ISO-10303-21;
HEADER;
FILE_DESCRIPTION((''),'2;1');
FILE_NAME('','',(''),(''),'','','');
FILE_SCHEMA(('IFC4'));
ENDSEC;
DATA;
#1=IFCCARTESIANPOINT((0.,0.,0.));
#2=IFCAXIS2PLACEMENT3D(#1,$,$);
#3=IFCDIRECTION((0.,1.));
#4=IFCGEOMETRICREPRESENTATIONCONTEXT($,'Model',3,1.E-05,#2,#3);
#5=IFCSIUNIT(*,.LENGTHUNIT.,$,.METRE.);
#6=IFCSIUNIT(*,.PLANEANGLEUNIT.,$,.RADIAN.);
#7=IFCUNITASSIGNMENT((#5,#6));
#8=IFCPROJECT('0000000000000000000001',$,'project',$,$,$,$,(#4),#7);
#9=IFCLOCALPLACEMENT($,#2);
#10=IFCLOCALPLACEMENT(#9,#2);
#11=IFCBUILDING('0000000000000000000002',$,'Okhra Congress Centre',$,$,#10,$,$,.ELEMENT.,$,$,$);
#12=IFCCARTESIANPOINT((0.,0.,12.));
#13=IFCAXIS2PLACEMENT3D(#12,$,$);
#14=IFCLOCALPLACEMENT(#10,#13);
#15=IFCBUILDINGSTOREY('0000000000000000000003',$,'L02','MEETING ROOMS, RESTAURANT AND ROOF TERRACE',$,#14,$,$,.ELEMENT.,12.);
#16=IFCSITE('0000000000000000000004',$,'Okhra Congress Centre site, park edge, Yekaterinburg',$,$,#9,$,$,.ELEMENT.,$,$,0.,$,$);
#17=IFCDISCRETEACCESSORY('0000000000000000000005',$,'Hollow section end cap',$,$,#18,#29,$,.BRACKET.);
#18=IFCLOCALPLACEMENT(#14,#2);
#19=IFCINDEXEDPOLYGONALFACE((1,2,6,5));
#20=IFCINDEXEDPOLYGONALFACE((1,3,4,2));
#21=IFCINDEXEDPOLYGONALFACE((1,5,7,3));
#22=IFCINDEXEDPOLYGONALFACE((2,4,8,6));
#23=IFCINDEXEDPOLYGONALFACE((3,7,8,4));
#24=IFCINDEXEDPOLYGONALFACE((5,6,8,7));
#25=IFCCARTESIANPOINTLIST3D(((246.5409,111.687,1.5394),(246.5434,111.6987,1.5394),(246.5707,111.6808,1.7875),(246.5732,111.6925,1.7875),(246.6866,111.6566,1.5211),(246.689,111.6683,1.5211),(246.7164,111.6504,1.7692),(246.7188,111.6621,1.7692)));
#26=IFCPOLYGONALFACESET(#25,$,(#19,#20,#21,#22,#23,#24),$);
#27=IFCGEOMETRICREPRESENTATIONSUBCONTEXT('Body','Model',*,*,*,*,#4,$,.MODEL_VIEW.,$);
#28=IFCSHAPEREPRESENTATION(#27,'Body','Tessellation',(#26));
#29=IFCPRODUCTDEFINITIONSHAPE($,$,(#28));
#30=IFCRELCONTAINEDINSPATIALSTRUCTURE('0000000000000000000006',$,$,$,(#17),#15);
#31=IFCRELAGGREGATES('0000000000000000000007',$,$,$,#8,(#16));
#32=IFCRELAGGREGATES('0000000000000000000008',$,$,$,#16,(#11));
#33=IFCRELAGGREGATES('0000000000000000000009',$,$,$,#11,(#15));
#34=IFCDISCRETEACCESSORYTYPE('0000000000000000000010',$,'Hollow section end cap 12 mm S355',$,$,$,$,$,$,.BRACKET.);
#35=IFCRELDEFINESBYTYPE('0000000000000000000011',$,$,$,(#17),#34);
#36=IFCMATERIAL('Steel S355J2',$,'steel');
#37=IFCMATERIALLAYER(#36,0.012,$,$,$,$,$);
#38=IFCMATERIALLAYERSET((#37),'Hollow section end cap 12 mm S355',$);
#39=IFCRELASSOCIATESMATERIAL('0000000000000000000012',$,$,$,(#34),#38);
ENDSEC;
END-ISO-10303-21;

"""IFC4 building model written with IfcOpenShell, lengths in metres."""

from ifc_helpers import new_model, si_unit, direction, frame, origin, origin_2d, place, context, subcontext, project, spatial, rectangle, extrude, material, layer, layer_set, type_object, element, save


model = new_model("IFC4")

# Units and contexts
model_context = context("Model", 3, precision=1e-05, world=origin(), true_north=direction((0.0, 1.0)))
body_context = subcontext(model_context, "Body", "Model", "MODEL_VIEW")
ifc_project = project(units=[si_unit("LENGTHUNIT", "METRE"), si_unit("PLANEANGLEUNIT", "RADIAN")], contexts=[model_context])

# Site, building, storey
site_placement = place(None, origin())
site = spatial("IfcSite", under=ifc_project, at=site_placement, Name="Okhra Congress Centre site, park edge, Yekaterinburg", CompositionType="ELEMENT", RefElevation=0.0)
building_placement = place(site_placement, origin())
building = spatial("IfcBuilding", under=site, at=building_placement, Name="Okhra Congress Centre", CompositionType="ELEMENT")
storey_placement = place(building_placement, frame((0.0, 0.0, 12.0)))
storey = spatial("IfcBuildingStorey", under=building, at=storey_placement, Name="L02", Description="MEETING ROOMS, RESTAURANT AND ROOF TERRACE", CompositionType="ELEMENT", Elevation=12.0)

# Shared definitions
ifc_material_1 = material(Name="Steel S355J2", Category="steel")

# Discrete accessory
ifc_layer_1 = layer(ifc_material_1, 0.012)
ifc_layer_set_1 = layer_set([ifc_layer_1], Name="Hollow section end cap 12 mm S355")
discrete_accessory_type = type_object("IfcDiscreteAccessoryType", Name="Hollow section end cap 12 mm S355", PredefinedType="BRACKET", material=ifc_layer_set_1)
for number, where, z_axis, x_axis, name in (
    (1, (246.6287, 111.6687, 1.6543), (0.203954, 0.97898, 0.0), (-0.971683, 0.202434, 0.121869), "Hollow section end cap"),
):
    element("IfcDiscreteAccessory", number, at=place(storey_placement, frame(where, z_axis=z_axis, x_axis=x_axis)), inside=storey, type_object=discrete_accessory_type, Name=name, PredefinedType="BRACKET", context=body_context, shape_type="SweptSolid", body=[
        extrude(rectangle(XDim=0.1499, YDim=0.25, at=origin_2d()), origin(), (0.0, 0.0, 1.0), 0.012),
    ])

save(model, "model.ifc")
